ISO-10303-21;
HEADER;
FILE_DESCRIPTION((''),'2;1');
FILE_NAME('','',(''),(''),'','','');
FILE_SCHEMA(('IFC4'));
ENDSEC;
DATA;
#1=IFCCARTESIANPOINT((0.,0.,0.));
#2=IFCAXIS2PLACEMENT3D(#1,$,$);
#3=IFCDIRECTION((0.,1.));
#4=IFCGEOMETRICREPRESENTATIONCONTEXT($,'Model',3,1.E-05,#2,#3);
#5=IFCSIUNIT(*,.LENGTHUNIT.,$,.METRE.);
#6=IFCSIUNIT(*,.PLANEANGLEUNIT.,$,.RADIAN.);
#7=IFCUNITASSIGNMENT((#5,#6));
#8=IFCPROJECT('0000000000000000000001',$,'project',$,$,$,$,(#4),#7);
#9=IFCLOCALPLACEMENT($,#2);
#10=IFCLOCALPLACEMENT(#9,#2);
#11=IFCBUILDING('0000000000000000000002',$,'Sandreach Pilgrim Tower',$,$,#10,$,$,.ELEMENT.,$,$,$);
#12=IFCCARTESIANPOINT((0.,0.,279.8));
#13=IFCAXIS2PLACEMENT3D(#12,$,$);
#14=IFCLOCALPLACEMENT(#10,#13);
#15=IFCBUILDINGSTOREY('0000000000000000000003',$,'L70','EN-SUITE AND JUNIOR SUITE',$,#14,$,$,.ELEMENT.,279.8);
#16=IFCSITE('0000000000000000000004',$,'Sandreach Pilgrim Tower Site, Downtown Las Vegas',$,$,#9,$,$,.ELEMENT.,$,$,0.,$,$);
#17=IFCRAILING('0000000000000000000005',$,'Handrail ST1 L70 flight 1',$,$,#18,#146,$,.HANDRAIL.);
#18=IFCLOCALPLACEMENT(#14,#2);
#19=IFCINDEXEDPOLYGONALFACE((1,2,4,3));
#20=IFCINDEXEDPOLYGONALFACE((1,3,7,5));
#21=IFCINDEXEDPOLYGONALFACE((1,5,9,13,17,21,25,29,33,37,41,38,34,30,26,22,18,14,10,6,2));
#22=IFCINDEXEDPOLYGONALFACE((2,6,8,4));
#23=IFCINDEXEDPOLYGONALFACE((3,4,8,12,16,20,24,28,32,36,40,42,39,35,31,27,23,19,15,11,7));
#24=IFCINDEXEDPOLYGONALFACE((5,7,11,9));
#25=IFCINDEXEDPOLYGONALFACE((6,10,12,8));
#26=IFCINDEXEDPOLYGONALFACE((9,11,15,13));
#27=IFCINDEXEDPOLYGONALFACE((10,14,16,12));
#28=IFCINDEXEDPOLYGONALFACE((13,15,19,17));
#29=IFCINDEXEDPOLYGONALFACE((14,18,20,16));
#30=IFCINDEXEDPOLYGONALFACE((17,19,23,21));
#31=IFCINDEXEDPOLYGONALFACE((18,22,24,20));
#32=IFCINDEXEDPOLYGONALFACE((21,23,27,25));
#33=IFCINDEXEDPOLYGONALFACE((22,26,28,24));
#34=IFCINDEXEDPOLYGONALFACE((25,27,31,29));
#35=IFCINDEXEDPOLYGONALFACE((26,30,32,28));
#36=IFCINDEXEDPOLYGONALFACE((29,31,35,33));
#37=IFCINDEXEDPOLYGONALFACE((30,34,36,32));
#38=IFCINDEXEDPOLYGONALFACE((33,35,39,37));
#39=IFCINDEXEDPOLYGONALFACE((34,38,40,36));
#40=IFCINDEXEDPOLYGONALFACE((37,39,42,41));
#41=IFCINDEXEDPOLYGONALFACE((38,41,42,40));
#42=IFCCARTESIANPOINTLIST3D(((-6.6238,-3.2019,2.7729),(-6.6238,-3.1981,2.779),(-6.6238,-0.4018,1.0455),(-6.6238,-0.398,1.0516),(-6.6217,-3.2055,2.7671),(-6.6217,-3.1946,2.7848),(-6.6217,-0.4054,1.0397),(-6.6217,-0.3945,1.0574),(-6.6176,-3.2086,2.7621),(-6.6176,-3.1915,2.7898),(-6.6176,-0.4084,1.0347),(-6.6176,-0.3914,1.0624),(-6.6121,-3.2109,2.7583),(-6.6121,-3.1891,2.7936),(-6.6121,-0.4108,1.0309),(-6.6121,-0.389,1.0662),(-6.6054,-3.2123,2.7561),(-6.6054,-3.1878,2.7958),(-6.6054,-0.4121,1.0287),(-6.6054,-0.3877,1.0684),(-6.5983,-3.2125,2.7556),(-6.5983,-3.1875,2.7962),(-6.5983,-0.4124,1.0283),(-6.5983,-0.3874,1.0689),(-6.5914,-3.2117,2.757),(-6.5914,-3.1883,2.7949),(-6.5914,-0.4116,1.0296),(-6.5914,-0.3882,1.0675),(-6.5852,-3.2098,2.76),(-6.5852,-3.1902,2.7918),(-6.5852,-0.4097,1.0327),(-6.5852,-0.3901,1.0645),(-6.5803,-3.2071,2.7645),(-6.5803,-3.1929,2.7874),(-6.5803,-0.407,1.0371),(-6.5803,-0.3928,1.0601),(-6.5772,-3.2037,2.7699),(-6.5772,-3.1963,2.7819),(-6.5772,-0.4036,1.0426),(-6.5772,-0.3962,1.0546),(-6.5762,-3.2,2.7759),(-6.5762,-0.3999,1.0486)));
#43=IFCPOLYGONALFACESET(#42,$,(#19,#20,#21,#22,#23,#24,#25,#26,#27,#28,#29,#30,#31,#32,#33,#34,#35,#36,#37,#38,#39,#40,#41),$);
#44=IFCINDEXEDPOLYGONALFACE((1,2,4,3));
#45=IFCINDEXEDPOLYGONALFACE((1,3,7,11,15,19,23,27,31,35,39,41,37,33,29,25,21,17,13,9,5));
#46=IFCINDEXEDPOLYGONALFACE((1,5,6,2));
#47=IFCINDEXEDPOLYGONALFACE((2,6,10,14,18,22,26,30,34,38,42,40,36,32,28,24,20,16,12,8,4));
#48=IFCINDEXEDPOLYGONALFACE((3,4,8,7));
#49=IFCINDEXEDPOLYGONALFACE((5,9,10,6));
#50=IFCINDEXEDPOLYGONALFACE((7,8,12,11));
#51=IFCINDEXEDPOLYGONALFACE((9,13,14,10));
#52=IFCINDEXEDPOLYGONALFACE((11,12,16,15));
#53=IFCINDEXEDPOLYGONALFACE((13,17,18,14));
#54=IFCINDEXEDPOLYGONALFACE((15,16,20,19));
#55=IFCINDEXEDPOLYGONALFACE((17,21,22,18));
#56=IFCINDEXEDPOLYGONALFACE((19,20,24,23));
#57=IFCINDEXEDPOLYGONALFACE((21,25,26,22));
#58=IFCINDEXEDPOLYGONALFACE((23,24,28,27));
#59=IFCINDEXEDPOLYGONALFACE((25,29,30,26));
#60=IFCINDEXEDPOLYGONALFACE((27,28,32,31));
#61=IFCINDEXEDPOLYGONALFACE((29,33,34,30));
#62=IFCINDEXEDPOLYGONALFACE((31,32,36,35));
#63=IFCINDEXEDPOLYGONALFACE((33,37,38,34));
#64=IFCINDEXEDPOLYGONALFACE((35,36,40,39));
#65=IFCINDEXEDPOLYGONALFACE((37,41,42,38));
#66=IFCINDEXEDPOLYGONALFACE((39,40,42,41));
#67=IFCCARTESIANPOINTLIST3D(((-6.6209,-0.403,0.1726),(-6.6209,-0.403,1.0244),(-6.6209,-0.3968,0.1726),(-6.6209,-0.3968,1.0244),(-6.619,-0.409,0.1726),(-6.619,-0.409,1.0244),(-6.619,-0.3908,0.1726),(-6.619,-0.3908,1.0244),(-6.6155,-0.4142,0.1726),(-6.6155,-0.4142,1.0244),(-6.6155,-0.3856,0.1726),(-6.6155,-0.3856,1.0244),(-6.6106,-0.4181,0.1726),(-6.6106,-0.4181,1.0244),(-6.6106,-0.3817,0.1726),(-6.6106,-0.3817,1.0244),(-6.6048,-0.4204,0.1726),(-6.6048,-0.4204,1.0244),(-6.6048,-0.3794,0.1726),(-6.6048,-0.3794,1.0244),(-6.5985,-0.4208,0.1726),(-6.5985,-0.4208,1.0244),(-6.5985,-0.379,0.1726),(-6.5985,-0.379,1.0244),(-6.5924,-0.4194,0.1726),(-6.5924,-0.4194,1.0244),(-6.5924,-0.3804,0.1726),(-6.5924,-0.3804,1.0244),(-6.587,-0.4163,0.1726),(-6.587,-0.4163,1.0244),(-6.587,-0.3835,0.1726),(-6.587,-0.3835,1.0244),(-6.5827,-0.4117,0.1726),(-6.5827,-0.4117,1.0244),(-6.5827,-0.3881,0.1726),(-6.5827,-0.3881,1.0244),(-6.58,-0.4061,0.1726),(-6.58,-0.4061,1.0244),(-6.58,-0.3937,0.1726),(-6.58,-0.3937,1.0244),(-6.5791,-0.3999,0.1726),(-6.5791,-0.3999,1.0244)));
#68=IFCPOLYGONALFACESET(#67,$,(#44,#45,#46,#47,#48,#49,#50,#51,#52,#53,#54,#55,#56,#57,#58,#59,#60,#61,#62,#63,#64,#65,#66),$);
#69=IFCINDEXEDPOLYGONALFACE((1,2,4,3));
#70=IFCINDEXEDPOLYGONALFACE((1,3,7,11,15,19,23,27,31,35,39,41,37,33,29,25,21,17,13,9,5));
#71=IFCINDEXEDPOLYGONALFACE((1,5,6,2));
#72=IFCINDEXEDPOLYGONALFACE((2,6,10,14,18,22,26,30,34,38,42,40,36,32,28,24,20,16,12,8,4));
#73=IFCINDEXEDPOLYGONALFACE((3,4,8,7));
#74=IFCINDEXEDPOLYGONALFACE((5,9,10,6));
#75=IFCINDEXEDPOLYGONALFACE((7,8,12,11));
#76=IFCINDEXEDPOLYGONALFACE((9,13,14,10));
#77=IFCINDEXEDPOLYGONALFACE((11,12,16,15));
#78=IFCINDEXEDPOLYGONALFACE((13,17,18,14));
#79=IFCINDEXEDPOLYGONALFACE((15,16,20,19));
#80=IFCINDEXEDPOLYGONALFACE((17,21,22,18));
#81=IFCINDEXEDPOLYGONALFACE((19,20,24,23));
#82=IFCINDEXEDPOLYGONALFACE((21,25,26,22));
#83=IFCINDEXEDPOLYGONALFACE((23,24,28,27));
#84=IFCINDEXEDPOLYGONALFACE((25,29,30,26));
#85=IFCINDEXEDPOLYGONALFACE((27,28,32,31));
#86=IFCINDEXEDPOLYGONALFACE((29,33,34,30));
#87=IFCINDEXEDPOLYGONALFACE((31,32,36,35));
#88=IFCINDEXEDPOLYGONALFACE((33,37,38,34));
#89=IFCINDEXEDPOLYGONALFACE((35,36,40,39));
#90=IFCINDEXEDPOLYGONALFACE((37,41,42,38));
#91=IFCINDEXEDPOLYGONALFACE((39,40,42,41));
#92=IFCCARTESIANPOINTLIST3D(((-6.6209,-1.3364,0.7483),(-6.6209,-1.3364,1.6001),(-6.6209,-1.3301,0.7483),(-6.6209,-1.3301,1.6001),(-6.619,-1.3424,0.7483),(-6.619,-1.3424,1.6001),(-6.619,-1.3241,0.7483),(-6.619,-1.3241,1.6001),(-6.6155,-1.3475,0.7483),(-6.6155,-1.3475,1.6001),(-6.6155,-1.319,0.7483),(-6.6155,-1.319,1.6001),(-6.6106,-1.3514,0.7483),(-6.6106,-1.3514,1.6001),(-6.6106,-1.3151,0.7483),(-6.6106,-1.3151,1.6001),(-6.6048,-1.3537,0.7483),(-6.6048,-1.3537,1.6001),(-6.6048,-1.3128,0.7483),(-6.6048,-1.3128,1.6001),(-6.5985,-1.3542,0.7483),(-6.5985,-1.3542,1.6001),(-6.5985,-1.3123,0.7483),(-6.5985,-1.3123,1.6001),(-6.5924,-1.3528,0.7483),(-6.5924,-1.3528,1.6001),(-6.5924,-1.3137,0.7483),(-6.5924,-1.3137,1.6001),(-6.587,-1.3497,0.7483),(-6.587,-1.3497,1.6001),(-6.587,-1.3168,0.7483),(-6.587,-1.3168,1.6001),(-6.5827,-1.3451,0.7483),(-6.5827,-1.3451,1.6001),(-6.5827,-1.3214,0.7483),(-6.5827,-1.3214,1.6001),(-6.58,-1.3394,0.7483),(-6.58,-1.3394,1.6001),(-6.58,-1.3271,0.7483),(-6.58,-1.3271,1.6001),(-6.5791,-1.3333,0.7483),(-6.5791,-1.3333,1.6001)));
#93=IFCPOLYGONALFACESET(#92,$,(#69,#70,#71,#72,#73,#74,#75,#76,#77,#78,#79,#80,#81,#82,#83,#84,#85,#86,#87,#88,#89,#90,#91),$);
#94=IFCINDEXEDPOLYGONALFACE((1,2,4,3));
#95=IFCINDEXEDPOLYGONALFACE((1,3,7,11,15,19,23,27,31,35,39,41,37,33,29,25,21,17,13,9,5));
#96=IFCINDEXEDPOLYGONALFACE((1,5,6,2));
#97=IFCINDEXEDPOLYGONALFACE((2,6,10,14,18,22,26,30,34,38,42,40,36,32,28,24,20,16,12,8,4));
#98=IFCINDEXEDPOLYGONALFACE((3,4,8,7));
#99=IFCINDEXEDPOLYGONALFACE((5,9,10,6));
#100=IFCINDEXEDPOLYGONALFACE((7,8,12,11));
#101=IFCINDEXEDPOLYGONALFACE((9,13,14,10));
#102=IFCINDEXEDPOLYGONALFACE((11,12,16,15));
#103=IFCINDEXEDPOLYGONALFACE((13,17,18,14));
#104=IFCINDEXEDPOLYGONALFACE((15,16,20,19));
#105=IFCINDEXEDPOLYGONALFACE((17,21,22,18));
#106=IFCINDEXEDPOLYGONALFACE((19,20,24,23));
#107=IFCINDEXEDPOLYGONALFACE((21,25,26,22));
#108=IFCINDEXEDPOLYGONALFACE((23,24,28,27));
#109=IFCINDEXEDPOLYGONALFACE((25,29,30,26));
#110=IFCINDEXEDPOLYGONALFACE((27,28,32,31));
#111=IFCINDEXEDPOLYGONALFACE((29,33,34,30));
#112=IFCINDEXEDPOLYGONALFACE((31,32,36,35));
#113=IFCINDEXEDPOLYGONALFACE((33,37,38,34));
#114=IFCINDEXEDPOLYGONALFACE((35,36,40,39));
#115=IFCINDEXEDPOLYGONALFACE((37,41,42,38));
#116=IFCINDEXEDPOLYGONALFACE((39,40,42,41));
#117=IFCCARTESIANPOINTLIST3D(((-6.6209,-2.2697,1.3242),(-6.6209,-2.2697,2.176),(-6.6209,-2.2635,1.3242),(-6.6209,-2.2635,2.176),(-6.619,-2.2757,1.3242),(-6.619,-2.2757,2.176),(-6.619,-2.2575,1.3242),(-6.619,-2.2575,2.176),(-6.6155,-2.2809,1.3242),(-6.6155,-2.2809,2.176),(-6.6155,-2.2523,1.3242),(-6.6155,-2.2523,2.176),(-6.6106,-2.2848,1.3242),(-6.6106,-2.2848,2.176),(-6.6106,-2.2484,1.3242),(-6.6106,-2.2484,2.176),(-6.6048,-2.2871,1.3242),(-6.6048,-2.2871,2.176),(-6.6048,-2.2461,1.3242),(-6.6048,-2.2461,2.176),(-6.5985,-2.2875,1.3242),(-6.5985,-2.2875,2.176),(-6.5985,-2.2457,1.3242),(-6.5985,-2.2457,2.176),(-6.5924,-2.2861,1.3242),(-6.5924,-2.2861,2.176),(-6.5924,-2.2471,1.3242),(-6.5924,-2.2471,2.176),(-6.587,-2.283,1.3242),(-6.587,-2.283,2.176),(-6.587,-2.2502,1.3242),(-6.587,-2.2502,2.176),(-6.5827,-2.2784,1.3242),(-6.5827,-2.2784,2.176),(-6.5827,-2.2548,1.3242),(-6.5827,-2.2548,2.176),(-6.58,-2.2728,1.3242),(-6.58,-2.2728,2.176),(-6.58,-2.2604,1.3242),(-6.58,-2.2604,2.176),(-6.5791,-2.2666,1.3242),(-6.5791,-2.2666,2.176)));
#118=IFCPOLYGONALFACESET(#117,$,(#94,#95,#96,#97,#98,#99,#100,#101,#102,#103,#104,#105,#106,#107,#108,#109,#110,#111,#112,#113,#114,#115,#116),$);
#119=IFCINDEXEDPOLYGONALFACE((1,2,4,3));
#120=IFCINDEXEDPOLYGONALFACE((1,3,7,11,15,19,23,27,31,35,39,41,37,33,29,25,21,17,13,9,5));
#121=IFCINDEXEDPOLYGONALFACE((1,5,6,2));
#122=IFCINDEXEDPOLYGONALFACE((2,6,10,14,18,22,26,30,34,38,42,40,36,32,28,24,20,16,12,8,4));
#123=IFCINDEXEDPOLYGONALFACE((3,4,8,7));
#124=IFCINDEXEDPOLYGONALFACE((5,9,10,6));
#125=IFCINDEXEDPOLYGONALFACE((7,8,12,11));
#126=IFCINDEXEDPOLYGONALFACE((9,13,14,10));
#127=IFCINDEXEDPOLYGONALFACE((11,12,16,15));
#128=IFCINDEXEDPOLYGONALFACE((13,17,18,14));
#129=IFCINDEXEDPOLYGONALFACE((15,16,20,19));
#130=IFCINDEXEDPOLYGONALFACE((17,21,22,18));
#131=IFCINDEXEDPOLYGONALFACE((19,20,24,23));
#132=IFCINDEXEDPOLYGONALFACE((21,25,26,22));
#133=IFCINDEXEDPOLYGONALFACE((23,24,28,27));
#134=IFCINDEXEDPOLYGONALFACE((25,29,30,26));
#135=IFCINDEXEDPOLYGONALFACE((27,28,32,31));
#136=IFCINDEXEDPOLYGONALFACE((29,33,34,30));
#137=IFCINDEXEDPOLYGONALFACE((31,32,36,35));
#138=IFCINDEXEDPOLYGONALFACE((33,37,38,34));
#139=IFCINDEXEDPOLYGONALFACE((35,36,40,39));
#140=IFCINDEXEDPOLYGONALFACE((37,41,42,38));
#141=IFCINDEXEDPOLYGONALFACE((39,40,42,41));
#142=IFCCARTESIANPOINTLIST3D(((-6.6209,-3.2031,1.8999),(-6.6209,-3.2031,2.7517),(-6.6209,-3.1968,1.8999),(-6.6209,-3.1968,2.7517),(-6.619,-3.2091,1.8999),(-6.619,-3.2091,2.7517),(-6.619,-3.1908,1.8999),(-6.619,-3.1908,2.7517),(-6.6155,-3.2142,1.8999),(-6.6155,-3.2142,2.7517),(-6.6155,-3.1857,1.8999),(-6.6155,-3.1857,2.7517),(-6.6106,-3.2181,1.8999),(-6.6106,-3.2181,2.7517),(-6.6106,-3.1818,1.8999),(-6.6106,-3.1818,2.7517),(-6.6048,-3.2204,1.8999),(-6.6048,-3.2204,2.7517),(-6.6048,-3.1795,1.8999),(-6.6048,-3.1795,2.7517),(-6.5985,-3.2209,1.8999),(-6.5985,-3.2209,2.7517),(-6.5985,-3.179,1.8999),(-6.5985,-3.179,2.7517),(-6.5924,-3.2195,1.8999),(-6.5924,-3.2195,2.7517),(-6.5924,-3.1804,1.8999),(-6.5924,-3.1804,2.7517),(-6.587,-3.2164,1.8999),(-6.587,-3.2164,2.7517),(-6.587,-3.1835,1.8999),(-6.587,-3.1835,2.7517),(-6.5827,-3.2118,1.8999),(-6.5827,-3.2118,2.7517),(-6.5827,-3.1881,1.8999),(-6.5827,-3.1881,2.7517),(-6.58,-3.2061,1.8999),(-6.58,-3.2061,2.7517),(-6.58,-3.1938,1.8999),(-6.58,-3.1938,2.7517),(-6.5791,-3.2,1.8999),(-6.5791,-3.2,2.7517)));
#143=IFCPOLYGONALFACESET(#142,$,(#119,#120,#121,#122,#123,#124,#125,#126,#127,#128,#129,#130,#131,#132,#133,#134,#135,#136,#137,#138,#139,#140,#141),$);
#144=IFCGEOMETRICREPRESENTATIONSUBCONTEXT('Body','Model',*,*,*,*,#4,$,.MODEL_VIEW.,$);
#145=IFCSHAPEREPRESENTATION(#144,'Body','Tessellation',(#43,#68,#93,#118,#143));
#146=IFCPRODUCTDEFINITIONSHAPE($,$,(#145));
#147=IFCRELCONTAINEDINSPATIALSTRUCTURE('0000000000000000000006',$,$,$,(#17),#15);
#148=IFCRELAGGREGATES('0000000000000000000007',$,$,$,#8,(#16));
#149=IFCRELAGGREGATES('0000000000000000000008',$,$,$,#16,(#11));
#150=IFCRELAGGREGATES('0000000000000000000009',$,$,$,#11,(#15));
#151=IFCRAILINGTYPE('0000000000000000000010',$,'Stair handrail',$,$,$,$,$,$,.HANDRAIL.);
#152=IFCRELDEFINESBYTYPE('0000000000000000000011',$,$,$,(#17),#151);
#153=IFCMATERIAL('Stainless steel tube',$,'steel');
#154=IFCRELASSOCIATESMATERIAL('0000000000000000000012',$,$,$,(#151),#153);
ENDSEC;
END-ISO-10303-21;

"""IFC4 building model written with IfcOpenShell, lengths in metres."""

from ifc_helpers import new_model, si_unit, direction, frame, origin, origin_2d, place, context, subcontext, project, spatial, circle, extrude, material, type_object, element, save


model = new_model("IFC4")

# Units and contexts
model_context = context("Model", 3, precision=1e-05, world=origin(), true_north=direction((0.0, 1.0)))
body_context = subcontext(model_context, "Body", "Model", "MODEL_VIEW")
ifc_project = project(units=[si_unit("LENGTHUNIT", "METRE"), si_unit("PLANEANGLEUNIT", "RADIAN")], contexts=[model_context])

# Site, building, storey
site_placement = place(None, origin())
site = spatial("IfcSite", under=ifc_project, at=site_placement, Name="Sandreach Pilgrim Tower Site, Downtown Las Vegas", CompositionType="ELEMENT", RefElevation=0.0)
building_placement = place(site_placement, origin())
building = spatial("IfcBuilding", under=site, at=building_placement, Name="Sandreach Pilgrim Tower", CompositionType="ELEMENT")
storey_placement = place(building_placement, frame((0.0, 0.0, 279.8)))
storey = spatial("IfcBuildingStorey", under=building, at=storey_placement, Name="L70", Description="EN-SUITE AND JUNIOR SUITE", CompositionType="ELEMENT", Elevation=279.8)

# Railing
ifc_material_1 = material(Name="Stainless steel tube", Category="steel")
railing_type = type_object("IfcRailingType", Name="Stair handrail", PredefinedType="HANDRAIL", material=ifc_material_1)
for number, where, name in (
    (1, (-6.6001, -0.3999, 0.1726), "Handrail ST1 L70 flight 1"),
):
    element("IfcRailing", number, at=place(storey_placement, frame(where)), inside=storey, type_object=railing_type, Name=name, PredefinedType="HANDRAIL", context=body_context, shape_type="SweptSolid", body=[
        extrude(circle(Radius=0.0239, at=origin_2d()), frame((0.0, 0.0, 0.876), z_axis=(0.0, -0.85109, 0.52502), x_axis=(1.0, 0.0, 0.0)), (0.0, 0.0, 1.0), 3.29),
        extrude(circle(Radius=0.021, at=origin_2d()), origin(), (0.0, 0.0, 1.0), 0.8518),
        extrude(circle(Radius=0.021, at=origin_2d()), frame((0.0, -0.9333, 0.5757)), (0.0, 0.0, 1.0), 0.8518),
        extrude(circle(Radius=0.021, at=origin_2d()), frame((0.0, -1.8667, 1.1516)), (0.0, 0.0, 1.0), 0.8518),
        extrude(circle(Radius=0.021, at=origin_2d()), frame((0.0, -2.8, 1.7273)), (0.0, 0.0, 1.0), 0.8518),
    ])

save(model, "model.ifc")
